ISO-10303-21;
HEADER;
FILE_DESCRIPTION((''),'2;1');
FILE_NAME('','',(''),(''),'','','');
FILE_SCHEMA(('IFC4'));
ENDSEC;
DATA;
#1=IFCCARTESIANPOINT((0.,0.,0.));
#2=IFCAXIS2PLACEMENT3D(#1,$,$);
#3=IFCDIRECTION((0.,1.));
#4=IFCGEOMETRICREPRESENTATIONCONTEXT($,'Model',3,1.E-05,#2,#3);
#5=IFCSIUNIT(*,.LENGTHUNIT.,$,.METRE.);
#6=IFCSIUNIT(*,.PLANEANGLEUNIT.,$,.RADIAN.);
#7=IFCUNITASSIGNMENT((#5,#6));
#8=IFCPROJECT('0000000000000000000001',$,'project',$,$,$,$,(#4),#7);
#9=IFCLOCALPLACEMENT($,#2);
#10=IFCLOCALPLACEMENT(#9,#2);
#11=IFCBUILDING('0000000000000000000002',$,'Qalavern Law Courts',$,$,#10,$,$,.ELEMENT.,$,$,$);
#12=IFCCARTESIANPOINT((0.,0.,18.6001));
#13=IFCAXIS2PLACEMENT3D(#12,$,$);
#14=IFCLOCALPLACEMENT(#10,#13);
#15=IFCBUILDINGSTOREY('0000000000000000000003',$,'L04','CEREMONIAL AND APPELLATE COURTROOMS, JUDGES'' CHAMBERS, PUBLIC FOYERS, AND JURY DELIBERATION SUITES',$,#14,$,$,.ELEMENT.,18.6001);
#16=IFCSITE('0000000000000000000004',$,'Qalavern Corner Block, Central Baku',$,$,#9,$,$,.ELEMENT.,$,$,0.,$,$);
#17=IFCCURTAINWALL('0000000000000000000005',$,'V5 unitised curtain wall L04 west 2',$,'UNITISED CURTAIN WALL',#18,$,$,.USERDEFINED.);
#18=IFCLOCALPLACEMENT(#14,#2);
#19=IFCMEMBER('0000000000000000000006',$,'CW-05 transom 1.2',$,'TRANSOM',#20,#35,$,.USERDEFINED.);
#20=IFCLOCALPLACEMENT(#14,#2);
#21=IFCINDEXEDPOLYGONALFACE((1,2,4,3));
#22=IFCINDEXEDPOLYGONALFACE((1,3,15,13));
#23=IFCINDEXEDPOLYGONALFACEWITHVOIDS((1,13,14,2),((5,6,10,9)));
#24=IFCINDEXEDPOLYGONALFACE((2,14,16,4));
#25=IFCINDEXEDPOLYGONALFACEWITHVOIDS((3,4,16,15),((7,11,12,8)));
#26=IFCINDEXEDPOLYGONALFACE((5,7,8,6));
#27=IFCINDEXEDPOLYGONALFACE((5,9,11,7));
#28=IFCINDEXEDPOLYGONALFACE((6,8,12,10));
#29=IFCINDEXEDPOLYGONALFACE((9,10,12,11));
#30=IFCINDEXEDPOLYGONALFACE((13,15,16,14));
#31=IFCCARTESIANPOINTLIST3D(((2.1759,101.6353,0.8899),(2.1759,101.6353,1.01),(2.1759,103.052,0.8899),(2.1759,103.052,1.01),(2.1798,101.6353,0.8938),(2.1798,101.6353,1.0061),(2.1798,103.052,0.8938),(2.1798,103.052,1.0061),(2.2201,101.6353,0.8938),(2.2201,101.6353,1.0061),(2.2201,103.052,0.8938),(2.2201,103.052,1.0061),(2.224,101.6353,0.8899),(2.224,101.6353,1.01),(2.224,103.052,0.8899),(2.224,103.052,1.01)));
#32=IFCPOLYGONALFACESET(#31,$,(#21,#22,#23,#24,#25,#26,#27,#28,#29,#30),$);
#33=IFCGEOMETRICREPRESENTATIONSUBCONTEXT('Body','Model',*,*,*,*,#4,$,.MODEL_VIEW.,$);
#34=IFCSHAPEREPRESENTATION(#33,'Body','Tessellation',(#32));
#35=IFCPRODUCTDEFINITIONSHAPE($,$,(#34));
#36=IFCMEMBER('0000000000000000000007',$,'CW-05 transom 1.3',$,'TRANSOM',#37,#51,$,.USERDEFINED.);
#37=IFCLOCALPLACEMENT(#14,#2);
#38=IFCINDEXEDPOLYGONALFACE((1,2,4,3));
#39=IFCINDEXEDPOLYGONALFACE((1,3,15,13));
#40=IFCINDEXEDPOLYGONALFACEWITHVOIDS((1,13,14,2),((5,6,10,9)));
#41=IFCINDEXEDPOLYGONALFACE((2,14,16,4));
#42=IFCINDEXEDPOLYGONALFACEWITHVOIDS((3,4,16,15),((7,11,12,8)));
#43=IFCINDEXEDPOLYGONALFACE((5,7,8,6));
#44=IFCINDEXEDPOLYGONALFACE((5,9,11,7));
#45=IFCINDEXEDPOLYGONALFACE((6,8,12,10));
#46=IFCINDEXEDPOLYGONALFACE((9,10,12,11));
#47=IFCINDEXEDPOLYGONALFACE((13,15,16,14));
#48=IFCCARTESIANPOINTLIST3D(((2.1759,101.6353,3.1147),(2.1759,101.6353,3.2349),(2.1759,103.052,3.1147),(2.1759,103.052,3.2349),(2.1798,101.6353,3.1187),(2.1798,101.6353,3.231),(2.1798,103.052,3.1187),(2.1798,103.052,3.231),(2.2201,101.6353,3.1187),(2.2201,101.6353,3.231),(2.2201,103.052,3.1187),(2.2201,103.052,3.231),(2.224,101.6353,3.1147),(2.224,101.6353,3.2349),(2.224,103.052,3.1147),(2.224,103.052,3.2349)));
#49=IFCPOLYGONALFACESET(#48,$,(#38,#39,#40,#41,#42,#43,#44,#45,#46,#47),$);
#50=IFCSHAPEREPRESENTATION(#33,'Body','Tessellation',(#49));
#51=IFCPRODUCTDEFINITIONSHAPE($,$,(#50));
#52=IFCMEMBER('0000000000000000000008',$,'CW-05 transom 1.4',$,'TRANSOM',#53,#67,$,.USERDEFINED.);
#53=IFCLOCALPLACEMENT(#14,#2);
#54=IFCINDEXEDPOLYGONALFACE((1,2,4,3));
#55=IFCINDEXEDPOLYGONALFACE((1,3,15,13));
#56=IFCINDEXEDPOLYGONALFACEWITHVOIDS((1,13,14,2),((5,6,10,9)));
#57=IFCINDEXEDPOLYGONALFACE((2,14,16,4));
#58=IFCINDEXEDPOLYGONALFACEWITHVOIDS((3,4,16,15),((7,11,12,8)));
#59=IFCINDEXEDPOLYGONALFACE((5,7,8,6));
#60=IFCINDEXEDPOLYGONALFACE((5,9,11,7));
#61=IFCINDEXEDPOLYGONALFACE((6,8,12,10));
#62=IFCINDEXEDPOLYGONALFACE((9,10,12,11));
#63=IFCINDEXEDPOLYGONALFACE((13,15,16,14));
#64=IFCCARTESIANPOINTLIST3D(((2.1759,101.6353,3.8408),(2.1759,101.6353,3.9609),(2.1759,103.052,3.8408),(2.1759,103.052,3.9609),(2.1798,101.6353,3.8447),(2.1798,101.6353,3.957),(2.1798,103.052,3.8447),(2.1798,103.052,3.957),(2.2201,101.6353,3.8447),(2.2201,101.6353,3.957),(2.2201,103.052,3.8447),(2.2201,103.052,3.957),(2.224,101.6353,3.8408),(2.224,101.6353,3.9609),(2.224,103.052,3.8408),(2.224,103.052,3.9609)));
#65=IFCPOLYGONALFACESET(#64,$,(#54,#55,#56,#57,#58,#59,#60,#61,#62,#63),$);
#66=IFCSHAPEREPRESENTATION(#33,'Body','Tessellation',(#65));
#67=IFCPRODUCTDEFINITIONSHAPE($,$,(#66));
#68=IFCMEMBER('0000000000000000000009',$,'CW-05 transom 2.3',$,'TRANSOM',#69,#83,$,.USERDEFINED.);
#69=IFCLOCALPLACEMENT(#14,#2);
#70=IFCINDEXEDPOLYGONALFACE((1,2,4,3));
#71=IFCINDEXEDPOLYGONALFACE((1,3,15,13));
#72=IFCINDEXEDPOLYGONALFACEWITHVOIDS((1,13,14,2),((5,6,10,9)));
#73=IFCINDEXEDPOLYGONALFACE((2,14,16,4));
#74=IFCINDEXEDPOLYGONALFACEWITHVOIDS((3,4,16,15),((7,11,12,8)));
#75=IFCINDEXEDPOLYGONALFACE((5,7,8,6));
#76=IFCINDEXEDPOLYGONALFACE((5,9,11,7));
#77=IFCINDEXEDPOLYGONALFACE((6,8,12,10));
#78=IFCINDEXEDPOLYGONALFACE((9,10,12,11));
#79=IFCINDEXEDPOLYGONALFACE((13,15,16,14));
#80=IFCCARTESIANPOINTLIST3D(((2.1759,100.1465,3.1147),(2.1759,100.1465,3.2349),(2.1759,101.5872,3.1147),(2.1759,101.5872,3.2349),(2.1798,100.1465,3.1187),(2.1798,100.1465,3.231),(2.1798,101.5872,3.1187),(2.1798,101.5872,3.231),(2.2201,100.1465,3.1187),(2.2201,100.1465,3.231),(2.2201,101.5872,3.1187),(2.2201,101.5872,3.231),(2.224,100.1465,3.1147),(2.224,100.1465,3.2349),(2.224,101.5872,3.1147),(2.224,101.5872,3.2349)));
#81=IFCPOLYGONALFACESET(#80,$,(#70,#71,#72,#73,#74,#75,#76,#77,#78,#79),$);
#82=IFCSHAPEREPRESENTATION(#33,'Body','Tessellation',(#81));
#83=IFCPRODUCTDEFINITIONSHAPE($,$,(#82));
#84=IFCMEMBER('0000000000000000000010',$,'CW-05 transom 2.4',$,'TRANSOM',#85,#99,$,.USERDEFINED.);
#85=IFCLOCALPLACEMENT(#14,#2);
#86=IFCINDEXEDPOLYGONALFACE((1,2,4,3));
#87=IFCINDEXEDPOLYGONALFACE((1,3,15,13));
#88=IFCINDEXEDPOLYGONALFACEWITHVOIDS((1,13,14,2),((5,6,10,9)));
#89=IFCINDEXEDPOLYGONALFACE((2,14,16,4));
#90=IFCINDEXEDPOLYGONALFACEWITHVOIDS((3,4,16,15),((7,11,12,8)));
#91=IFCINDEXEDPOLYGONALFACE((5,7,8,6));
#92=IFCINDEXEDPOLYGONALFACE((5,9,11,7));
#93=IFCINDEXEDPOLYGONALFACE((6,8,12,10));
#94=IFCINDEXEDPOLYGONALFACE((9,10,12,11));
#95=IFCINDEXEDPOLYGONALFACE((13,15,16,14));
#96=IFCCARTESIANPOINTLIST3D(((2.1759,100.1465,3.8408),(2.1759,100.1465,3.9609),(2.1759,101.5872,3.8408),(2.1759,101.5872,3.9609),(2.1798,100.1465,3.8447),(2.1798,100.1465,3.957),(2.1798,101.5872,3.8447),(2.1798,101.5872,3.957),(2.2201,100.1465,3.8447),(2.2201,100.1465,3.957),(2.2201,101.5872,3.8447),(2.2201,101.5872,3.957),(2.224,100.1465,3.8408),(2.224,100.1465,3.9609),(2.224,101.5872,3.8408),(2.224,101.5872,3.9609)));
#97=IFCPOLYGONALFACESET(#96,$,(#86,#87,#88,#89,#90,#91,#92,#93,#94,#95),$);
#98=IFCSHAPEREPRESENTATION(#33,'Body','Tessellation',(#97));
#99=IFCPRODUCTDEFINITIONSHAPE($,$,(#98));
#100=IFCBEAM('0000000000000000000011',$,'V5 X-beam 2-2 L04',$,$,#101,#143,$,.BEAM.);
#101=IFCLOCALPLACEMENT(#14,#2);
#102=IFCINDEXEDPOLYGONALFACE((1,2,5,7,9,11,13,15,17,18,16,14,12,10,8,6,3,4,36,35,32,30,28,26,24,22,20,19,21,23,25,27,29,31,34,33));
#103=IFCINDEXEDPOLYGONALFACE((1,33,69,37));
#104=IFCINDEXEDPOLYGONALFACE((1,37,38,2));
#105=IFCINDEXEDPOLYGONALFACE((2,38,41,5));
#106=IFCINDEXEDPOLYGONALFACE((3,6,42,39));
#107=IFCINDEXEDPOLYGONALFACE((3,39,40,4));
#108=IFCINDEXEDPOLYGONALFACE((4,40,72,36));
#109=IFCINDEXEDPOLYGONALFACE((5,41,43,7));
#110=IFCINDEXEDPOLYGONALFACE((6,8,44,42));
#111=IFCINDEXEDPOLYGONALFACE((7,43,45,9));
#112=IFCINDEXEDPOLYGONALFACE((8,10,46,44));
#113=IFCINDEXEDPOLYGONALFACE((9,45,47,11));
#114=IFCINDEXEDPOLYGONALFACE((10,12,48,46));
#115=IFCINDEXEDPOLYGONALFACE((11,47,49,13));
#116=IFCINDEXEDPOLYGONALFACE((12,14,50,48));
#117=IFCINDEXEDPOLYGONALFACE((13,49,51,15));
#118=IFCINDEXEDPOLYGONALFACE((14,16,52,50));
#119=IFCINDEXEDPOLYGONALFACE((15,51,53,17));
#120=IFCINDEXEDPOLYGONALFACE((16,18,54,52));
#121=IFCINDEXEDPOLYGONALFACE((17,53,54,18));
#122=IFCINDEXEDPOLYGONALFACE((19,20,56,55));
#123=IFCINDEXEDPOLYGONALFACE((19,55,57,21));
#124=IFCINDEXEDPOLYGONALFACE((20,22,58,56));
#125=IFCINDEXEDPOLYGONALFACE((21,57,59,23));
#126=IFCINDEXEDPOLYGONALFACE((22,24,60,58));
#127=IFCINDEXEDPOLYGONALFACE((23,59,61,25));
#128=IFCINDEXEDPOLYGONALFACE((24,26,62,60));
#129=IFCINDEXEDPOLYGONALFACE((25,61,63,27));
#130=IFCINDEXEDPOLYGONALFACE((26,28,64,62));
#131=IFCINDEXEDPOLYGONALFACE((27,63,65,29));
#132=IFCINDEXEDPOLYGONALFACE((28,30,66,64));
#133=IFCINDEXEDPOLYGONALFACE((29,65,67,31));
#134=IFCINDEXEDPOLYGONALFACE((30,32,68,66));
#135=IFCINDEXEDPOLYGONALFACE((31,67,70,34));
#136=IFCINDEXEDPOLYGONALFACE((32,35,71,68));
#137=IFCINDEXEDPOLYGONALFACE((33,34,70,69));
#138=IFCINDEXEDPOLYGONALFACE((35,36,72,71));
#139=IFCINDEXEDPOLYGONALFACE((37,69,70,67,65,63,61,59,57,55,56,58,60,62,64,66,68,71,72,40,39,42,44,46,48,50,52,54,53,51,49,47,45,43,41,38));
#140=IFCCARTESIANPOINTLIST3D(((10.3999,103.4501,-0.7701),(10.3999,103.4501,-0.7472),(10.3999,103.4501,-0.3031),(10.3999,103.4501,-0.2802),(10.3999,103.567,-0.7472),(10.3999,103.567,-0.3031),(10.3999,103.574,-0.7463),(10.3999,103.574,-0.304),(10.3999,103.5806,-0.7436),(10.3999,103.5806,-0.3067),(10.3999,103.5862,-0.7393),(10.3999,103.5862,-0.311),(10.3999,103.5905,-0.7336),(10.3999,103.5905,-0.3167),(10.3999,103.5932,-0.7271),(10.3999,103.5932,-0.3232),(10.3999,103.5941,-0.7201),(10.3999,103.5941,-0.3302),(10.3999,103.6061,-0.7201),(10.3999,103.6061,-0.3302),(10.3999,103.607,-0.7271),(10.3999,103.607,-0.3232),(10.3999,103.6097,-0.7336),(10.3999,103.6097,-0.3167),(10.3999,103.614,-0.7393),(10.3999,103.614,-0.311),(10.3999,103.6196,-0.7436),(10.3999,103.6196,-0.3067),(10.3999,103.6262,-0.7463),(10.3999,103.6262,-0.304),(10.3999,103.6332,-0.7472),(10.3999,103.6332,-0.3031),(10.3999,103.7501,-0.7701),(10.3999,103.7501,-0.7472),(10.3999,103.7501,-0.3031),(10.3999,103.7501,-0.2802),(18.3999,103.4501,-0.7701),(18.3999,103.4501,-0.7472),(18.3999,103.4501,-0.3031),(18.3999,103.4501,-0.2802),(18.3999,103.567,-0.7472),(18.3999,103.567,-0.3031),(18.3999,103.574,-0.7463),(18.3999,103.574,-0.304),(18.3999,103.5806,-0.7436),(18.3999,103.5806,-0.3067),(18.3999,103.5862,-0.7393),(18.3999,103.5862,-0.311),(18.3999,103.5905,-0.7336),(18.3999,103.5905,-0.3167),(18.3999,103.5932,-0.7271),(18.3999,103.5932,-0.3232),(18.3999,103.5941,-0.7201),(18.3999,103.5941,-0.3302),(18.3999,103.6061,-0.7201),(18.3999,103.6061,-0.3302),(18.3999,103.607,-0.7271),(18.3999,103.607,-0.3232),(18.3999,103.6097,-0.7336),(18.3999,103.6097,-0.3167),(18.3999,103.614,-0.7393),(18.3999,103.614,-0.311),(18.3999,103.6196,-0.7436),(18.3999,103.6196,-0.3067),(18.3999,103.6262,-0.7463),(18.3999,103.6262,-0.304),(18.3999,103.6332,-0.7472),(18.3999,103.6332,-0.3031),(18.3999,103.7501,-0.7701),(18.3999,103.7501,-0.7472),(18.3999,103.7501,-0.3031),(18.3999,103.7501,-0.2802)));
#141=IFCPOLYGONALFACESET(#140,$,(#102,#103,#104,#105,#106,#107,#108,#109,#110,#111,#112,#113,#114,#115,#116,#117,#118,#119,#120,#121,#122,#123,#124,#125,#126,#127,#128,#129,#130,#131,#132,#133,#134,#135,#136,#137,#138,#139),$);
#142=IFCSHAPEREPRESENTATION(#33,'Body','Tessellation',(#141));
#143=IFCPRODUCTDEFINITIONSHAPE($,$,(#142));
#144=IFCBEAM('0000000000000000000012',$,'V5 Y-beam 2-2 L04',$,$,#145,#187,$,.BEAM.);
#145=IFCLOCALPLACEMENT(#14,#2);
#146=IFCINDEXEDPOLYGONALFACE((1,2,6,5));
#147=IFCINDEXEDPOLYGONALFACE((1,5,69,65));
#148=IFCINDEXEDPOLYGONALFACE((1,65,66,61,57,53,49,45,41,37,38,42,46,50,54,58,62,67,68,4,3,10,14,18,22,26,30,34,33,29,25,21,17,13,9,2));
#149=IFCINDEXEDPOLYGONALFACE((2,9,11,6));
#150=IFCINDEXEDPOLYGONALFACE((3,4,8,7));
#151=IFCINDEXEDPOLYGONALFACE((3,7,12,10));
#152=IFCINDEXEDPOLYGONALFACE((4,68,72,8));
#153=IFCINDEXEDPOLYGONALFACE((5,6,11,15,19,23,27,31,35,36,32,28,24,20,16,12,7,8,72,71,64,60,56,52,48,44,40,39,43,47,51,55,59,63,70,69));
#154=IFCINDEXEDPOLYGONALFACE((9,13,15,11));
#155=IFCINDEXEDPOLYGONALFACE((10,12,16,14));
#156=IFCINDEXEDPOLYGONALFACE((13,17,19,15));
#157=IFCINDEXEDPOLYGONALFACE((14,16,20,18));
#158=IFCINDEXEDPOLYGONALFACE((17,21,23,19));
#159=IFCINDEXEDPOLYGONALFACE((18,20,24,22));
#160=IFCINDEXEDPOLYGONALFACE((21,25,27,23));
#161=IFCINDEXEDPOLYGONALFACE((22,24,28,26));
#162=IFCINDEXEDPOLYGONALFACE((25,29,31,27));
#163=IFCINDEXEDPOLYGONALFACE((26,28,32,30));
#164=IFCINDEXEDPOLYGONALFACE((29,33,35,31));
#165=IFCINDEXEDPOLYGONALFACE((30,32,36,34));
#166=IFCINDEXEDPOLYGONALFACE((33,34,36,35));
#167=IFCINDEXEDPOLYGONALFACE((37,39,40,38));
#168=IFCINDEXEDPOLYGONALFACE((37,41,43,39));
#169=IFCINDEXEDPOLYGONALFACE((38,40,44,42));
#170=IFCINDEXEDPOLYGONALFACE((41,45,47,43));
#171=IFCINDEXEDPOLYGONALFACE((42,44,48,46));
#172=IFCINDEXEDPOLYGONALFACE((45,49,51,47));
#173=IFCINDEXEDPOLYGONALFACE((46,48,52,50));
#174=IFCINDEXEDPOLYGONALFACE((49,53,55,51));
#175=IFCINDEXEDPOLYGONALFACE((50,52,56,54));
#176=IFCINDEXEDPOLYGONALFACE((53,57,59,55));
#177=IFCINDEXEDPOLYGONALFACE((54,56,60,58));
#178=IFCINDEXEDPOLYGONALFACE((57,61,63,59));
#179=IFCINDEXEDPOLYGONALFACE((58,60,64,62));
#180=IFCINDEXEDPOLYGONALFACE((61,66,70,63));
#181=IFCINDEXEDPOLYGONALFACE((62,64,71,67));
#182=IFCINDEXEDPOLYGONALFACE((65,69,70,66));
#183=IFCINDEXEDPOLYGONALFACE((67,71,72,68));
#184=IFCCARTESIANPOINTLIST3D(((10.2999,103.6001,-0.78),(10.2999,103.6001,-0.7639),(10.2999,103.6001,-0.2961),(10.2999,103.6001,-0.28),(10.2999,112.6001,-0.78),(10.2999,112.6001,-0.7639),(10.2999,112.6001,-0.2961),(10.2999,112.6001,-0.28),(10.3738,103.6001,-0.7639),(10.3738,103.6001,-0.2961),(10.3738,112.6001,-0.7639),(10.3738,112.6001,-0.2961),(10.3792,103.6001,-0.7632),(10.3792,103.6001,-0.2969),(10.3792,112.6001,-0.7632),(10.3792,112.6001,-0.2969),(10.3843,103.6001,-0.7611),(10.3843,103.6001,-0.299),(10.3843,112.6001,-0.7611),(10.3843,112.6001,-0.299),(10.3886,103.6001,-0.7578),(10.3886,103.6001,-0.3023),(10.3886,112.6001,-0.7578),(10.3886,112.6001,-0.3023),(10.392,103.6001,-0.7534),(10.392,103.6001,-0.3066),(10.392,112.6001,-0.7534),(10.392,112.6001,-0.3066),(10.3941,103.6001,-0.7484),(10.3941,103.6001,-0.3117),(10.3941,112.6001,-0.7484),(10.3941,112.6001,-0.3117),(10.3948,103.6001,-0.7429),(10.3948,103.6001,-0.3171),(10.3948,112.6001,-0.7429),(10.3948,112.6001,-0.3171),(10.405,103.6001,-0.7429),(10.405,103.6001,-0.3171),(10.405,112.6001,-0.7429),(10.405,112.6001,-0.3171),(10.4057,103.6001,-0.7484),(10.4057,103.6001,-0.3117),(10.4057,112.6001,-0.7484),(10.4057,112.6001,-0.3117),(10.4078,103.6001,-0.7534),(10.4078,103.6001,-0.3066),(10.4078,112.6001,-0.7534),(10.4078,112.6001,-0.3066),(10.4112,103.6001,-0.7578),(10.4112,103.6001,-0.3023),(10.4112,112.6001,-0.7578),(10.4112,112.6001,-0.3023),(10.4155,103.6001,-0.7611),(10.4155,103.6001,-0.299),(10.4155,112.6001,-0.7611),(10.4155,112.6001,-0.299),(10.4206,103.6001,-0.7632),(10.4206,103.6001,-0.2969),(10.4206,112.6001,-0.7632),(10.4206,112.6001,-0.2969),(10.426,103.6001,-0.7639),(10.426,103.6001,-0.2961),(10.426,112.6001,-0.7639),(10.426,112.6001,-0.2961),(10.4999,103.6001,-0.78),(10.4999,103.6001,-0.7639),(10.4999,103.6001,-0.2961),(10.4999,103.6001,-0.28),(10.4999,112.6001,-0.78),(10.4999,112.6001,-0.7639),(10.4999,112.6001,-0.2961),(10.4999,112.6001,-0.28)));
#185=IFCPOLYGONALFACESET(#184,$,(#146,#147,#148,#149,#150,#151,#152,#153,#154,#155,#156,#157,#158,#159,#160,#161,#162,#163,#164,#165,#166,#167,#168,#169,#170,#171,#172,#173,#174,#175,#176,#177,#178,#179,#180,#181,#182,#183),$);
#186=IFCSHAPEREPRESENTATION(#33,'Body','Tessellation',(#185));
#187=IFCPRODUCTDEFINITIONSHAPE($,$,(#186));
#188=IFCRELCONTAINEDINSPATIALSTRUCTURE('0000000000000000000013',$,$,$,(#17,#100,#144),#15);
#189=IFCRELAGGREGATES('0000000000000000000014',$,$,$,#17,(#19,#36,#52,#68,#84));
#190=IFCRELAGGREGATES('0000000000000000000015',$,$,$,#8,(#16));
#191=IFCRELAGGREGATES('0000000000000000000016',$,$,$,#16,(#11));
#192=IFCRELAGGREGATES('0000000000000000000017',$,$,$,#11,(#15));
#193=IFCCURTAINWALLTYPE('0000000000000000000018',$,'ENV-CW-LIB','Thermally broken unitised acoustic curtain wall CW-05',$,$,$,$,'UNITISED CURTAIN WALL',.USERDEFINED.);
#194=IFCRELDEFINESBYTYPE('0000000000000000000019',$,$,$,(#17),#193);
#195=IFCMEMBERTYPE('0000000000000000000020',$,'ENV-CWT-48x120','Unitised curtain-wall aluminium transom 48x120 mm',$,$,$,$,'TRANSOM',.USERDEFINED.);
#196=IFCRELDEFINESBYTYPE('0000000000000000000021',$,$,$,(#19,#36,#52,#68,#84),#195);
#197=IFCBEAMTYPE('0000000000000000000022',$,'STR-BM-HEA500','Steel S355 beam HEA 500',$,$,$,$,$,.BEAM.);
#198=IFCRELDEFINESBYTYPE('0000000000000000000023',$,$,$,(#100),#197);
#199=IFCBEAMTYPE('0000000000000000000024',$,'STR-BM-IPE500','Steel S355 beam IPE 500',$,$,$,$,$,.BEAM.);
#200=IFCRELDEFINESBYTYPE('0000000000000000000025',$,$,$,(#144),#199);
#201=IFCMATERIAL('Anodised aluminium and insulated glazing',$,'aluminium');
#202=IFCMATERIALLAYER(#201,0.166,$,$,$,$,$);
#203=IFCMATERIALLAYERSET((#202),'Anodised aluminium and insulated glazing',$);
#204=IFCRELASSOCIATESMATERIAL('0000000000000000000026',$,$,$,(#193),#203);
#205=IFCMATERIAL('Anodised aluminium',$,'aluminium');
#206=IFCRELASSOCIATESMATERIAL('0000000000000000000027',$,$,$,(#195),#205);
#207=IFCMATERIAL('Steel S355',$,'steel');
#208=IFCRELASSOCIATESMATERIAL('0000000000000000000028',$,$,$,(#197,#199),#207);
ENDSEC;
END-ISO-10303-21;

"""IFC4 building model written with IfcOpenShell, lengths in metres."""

from ifc_helpers import new_model, si_unit, direction, frame, origin, origin_2d, place, context, subcontext, project, spatial, hollow_rectangle, i_section, extrude, material, layer, layer_set, material_profile, profile_set, type_object, element, aggregate, save


model = new_model("IFC4")

# Units and contexts
model_context = context("Model", 3, precision=1e-05, world=origin(), true_north=direction((0.0, 1.0)))
body_context = subcontext(model_context, "Body", "Model", "MODEL_VIEW")
ifc_project = project(units=[si_unit("LENGTHUNIT", "METRE"), si_unit("PLANEANGLEUNIT", "RADIAN")], contexts=[model_context])

# Site, building, storey
site_placement = place(None, origin())
site = spatial("IfcSite", under=ifc_project, at=site_placement, Name="Qalavern Corner Block, Central Baku", CompositionType="ELEMENT", RefElevation=0.0)
building_placement = place(site_placement, origin())
building = spatial("IfcBuilding", under=site, at=building_placement, Name="Qalavern Law Courts", CompositionType="ELEMENT")
storey_placement = place(building_placement, frame((0.0, 0.0, 18.6001)))
storey = spatial("IfcBuildingStorey", under=building, at=storey_placement, Name="L04", Description="CEREMONIAL AND APPELLATE COURTROOMS, JUDGES' CHAMBERS, PUBLIC FOYERS, AND JURY DELIBERATION SUITES", CompositionType="ELEMENT", Elevation=18.6001)

# Curtain wall
ifc_material_1 = material(Name="Anodised aluminium and insulated glazing", Category="aluminium")
ifc_layer_1 = layer(ifc_material_1, 0.166)
ifc_layer_set_1 = layer_set([ifc_layer_1], Name="Anodised aluminium and insulated glazing")
curtain_wall_type = type_object("IfcCurtainWallType", Name="ENV-CW-LIB", Description="Thermally broken unitised acoustic curtain wall CW-05", ElementType="UNITISED CURTAIN WALL", PredefinedType="USERDEFINED", material=ifc_layer_set_1)
ifc_material_2 = material(Name="Anodised aluminium", Category="aluminium")
curtain_wall_1_placement = place(storey_placement, origin())
curtain_wall_1 = element("IfcCurtainWall", 1, at=curtain_wall_1_placement, inside=storey, type_object=curtain_wall_type, Name="V5 unitised curtain wall L04 west 2", ObjectType="UNITISED CURTAIN WALL", PredefinedType="USERDEFINED")

# Members
ifc_material_profile_1 = material_profile(ifc_material_2, hollow_rectangle(XDim=0.0481, YDim=0.1201, WallThickness=0.0039, at=origin_2d()), Name="ALU TRANSOM 48x120")
ifc_profile_set_1 = profile_set([ifc_material_profile_1], Name="Anodised aluminium")
member_type_1 = type_object("IfcMemberType", Name="ENV-CWT-48x120", Description="Unitised curtain-wall aluminium transom 48x120 mm", ElementType="TRANSOM", PredefinedType="USERDEFINED", material=ifc_profile_set_1)
member_1_placement = place(storey_placement, frame((2.2, 103.052, 0.95), z_axis=(0.0, -1.0, 0.0), x_axis=(1.0, 0.0, 0.0)))
member_1 = element("IfcMember", 2, at=member_1_placement, type_object=member_type_1, Name="CW-05 transom 1.2", ObjectType="TRANSOM", PredefinedType="USERDEFINED", context=body_context, shape_type="SweptSolid", body=[
    extrude(hollow_rectangle(XDim=0.0481, YDim=0.1201, WallThickness=0.0039, at=origin_2d()), origin(), (0.0, 0.0, 1.0), 1.4167),
])
member_2_placement = place(storey_placement, frame((2.2, 103.052, 3.1748), z_axis=(0.0, -1.0, 0.0), x_axis=(1.0, 0.0, 0.0)))
member_2 = element("IfcMember", 3, at=member_2_placement, type_object=member_type_1, Name="CW-05 transom 1.3", ObjectType="TRANSOM", PredefinedType="USERDEFINED", context=body_context, shape_type="SweptSolid", body=[
    extrude(hollow_rectangle(XDim=0.0481, YDim=0.1201, WallThickness=0.0039, at=origin_2d()), origin(), (0.0, 0.0, 1.0), 1.4167),
])
member_3_placement = place(storey_placement, frame((2.2, 103.052, 3.9009), z_axis=(0.0, -1.0, 0.0), x_axis=(1.0, 0.0, 0.0)))
member_3 = element("IfcMember", 4, at=member_3_placement, type_object=member_type_1, Name="CW-05 transom 1.4", ObjectType="TRANSOM", PredefinedType="USERDEFINED", context=body_context, shape_type="SweptSolid", body=[
    extrude(hollow_rectangle(XDim=0.0481, YDim=0.1201, WallThickness=0.0039, at=origin_2d()), origin(), (0.0, 0.0, 1.0), 1.4167),
])
member_4_placement = place(storey_placement, frame((2.2, 101.5872, 3.1748), z_axis=(0.0, -1.0, 0.0), x_axis=(1.0, 0.0, 0.0)))
member_4 = element("IfcMember", 5, at=member_4_placement, type_object=member_type_1, Name="CW-05 transom 2.3", ObjectType="TRANSOM", PredefinedType="USERDEFINED", context=body_context, shape_type="SweptSolid", body=[
    extrude(hollow_rectangle(XDim=0.0481, YDim=0.1201, WallThickness=0.0039, at=origin_2d()), origin(), (0.0, 0.0, 1.0), 1.4407),
])
member_5_placement = place(storey_placement, frame((2.2, 101.5872, 3.9009), z_axis=(0.0, -1.0, 0.0), x_axis=(1.0, 0.0, 0.0)))
member_5 = element("IfcMember", 6, at=member_5_placement, type_object=member_type_1, Name="CW-05 transom 2.4", ObjectType="TRANSOM", PredefinedType="USERDEFINED", context=body_context, shape_type="SweptSolid", body=[
    extrude(hollow_rectangle(XDim=0.0481, YDim=0.1201, WallThickness=0.0039, at=origin_2d()), origin(), (0.0, 0.0, 1.0), 1.4407),
])

# Beams
ifc_material_3 = material(Name="Steel S355", Category="steel")
ifc_material_profile_2 = material_profile(ifc_material_3, i_section(OverallWidth=0.3, OverallDepth=0.49, WebThickness=0.012, FlangeThickness=0.0229, FilletRadius=0.0271, at=origin_2d()), Name="HEA 500")
ifc_profile_set_2 = profile_set([ifc_material_profile_2], Name="Steel S355")
beam_type_1 = type_object("IfcBeamType", Name="STR-BM-HEA500", Description="Steel S355 beam HEA 500", PredefinedType="BEAM", material=ifc_profile_set_2)
beam_1_placement = place(storey_placement, frame((10.3999, 103.6001, -0.5251), z_axis=(1.0, 0.0, 0.0), x_axis=(0.0, 1.0, 0.0)))
element("IfcBeam", 7, at=beam_1_placement, inside=storey, type_object=beam_type_1, Name="V5 X-beam 2-2 L04", PredefinedType="BEAM", context=body_context, shape_type="SweptSolid", body=[
    extrude(i_section(OverallWidth=0.3, OverallDepth=0.49, WebThickness=0.012, FlangeThickness=0.0229, FilletRadius=0.0271, at=origin_2d()), origin(), (0.0, 0.0, 1.0), 8.0),
])
ifc_material_profile_3 = material_profile(ifc_material_3, i_section(OverallWidth=0.2, OverallDepth=0.5, WebThickness=0.0103, FlangeThickness=0.0161, FilletRadius=0.021, at=origin_2d()), Name="IPE 500")
ifc_profile_set_3 = profile_set([ifc_material_profile_3], Name="Steel S355")
beam_type_2 = type_object("IfcBeamType", Name="STR-BM-IPE500", Description="Steel S355 beam IPE 500", PredefinedType="BEAM", material=ifc_profile_set_3)
beam_2_placement = place(storey_placement, frame((10.3999, 103.6001, -0.53), z_axis=(0.0, 1.0, 0.0), x_axis=(-1.0, 0.0, 0.0)))
element("IfcBeam", 8, at=beam_2_placement, inside=storey, type_object=beam_type_2, Name="V5 Y-beam 2-2 L04", PredefinedType="BEAM", context=body_context, shape_type="SweptSolid", body=[
    extrude(i_section(OverallWidth=0.2, OverallDepth=0.5, WebThickness=0.0103, FlangeThickness=0.0161, FilletRadius=0.021, at=origin_2d()), origin(), (0.0, 0.0, 1.0), 9.0),
])

aggregate(curtain_wall_1, [member_1, member_2, member_3, member_4, member_5])

save(model, "model.ifc")
